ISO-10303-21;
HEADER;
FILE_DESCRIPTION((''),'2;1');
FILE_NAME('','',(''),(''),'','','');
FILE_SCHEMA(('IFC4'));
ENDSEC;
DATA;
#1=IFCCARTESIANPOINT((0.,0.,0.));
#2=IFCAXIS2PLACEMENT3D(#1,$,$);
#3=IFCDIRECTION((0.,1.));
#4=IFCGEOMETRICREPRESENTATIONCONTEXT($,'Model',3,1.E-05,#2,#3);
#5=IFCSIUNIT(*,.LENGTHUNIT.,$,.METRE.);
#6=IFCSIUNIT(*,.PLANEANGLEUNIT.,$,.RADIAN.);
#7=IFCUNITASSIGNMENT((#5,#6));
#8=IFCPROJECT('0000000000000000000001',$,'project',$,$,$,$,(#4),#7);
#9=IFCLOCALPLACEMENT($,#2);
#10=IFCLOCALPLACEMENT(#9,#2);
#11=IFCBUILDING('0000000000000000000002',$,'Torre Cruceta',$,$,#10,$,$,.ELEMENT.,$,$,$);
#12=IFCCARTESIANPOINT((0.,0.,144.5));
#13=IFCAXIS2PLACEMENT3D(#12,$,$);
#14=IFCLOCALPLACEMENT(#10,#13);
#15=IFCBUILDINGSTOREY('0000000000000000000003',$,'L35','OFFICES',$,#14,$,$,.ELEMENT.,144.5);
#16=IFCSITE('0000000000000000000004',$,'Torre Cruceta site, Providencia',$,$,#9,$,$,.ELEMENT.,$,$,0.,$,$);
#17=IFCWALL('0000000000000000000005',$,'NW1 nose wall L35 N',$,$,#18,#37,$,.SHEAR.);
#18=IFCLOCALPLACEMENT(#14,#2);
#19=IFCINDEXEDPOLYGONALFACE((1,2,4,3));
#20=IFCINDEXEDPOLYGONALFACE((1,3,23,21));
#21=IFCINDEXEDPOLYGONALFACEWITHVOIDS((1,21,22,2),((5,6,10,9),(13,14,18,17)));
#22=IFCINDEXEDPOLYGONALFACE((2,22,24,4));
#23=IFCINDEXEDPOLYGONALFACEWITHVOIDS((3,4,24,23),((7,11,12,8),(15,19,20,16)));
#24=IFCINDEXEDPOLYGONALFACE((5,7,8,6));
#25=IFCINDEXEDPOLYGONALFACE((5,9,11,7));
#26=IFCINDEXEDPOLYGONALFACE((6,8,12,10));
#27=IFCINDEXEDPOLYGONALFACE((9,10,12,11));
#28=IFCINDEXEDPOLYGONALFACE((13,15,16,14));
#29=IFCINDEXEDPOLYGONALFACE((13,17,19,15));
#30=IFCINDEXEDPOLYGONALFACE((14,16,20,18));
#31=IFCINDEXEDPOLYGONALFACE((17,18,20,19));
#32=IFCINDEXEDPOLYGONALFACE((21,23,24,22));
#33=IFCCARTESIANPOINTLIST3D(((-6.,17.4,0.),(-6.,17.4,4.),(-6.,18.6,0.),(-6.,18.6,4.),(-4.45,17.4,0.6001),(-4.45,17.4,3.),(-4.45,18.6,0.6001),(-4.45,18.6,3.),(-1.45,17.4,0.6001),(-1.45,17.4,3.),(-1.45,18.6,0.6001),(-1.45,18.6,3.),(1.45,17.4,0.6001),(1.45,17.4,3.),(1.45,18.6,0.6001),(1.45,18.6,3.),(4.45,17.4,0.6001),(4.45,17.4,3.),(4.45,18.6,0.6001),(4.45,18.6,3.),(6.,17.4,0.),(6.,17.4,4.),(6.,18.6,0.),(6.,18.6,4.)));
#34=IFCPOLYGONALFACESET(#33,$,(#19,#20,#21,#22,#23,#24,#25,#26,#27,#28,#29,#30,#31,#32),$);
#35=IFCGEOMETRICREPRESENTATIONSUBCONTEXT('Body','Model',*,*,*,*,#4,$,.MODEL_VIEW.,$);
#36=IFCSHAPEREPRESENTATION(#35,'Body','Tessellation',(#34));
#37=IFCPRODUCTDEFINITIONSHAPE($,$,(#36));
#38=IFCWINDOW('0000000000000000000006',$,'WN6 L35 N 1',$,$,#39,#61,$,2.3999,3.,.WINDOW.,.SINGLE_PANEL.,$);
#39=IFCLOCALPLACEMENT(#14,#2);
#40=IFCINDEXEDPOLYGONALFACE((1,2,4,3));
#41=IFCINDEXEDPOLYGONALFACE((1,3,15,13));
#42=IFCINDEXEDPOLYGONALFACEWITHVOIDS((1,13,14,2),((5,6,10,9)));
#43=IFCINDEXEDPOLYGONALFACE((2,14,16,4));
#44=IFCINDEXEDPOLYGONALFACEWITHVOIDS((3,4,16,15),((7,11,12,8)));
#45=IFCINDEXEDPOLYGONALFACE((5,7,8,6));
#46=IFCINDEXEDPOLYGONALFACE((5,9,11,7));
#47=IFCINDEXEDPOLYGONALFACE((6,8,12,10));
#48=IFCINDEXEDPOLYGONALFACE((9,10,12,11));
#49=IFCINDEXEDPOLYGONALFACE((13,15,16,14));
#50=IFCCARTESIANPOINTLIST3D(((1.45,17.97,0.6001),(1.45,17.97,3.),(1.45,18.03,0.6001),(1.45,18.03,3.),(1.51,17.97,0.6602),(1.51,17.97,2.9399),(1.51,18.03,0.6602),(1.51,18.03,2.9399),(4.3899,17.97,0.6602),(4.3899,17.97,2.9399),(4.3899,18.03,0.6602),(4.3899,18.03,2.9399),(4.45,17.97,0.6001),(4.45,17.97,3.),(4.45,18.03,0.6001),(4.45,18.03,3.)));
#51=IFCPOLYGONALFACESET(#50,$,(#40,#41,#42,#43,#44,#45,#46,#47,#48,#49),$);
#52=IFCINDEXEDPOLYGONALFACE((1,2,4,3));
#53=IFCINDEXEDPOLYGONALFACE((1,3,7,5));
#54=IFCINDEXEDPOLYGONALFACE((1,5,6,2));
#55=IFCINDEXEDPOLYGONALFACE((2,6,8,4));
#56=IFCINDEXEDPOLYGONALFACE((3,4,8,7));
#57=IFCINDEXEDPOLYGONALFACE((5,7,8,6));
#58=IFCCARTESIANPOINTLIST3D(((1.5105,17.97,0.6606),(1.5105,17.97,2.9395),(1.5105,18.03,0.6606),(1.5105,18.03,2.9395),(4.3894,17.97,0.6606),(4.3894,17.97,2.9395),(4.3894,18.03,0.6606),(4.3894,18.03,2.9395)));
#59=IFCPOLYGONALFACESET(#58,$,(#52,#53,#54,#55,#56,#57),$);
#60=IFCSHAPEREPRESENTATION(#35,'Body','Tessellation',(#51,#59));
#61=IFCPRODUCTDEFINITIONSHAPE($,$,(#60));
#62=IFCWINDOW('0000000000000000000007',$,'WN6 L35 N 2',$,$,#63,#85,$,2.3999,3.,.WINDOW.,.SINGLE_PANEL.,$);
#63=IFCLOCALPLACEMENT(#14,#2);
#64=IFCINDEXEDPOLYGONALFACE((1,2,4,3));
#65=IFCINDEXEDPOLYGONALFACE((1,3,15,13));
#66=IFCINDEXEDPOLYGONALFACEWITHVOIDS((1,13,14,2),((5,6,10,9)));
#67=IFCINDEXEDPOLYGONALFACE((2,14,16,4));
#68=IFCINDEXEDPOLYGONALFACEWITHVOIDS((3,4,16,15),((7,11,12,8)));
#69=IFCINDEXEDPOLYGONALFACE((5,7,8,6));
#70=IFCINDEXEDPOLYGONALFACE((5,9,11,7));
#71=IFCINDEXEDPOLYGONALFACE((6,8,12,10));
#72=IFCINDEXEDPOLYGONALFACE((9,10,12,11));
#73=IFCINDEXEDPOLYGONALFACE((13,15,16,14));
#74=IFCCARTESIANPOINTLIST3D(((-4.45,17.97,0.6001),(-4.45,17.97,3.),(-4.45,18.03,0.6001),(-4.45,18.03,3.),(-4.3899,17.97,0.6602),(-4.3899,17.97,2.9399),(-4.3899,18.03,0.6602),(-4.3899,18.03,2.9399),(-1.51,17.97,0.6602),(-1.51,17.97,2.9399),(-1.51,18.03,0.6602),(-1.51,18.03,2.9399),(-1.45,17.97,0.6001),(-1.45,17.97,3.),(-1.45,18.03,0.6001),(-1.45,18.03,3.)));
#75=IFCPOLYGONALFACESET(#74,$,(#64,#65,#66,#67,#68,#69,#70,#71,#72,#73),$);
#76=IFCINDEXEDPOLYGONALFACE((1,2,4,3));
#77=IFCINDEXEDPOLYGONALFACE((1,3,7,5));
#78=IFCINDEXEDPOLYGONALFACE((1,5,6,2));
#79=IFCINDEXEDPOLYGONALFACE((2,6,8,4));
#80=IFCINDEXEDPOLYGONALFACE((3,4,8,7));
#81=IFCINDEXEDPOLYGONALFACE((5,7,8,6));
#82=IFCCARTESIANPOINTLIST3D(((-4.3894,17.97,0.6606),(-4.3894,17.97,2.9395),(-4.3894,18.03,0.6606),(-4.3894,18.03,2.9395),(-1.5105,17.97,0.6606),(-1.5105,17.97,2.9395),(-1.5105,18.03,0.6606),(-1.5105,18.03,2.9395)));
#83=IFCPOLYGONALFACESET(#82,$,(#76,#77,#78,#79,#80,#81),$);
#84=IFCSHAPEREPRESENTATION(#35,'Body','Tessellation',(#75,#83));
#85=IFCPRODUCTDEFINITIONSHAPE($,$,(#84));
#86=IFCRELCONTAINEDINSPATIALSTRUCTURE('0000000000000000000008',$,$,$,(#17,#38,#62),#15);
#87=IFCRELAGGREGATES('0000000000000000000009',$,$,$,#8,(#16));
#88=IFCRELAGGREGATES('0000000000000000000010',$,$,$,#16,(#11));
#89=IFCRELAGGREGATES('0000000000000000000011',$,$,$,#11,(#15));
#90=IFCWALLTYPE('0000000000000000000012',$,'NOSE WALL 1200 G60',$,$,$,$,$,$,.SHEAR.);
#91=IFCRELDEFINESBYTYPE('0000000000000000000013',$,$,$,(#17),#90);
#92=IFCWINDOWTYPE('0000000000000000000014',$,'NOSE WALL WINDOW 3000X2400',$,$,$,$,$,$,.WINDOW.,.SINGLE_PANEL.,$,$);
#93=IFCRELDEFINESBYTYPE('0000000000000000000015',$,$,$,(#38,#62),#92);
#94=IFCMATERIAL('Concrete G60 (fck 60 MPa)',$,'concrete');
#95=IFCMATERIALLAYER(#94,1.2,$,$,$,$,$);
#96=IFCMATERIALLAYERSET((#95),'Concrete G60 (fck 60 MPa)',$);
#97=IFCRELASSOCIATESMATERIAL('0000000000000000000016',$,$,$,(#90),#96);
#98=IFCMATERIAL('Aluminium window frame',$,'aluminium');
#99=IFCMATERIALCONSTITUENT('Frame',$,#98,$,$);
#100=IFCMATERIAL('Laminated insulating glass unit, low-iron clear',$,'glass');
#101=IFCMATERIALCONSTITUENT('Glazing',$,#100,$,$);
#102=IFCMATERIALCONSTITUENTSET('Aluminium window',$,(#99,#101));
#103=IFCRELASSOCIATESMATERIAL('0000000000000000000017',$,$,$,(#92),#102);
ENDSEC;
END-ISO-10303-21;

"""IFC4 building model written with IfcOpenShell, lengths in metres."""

from ifc_helpers import new_model, si_unit, direction, frame, frame_2d, origin, place, context, subcontext, project, spatial, rectangle, hollow_rectangle, extrude, material, layer, layer_set, constituent, constituent_set, type_object, element, fill, save


model = new_model("IFC4")

# Units and contexts
model_context = context("Model", 3, precision=1e-05, world=origin(), true_north=direction((0.0, 1.0)))
body_context = subcontext(model_context, "Body", "Model", "MODEL_VIEW")
ifc_project = project(units=[si_unit("LENGTHUNIT", "METRE"), si_unit("PLANEANGLEUNIT", "RADIAN")], contexts=[model_context])

# Site, building, storey
site_placement = place(None, origin())
site = spatial("IfcSite", under=ifc_project, at=site_placement, Name="Torre Cruceta site, Providencia", CompositionType="ELEMENT", RefElevation=0.0)
building_placement = place(site_placement, origin())
building = spatial("IfcBuilding", under=site, at=building_placement, Name="Torre Cruceta", CompositionType="ELEMENT")
storey_placement = place(building_placement, frame((0.0, 0.0, 144.5)))
storey = spatial("IfcBuildingStorey", under=building, at=storey_placement, Name="L35", Description="OFFICES", CompositionType="ELEMENT", Elevation=144.5)

# Wall, openings, windows
ifc_material_1 = material(Name="Concrete G60 (fck 60 MPa)", Category="concrete")
ifc_layer_1 = layer(ifc_material_1, 1.2)
ifc_layer_set_1 = layer_set([ifc_layer_1], Name="Concrete G60 (fck 60 MPa)")
wall_type = type_object("IfcWallType", Name="NOSE WALL 1200 G60", PredefinedType="SHEAR", material=ifc_layer_set_1)
wall_placement = place(storey_placement, frame((6.0, 18.0, 0.0), z_axis=(0.0, 0.0, 1.0), x_axis=(-1.0, 0.0, 0.0)))
wall = element("IfcWall", 1, at=wall_placement, inside=storey, type_object=wall_type, Name="NW1 nose wall L35 N", PredefinedType="SHEAR", context=body_context, shape_type="SweptSolid", body=[
    extrude(rectangle(XDim=12.0, YDim=1.2, at=frame_2d((6.0, 0.0))), origin(), (0.0, 0.0, 1.0), 4.0),
])
opening_1_placement = place(wall_placement, frame((1.55, 0.0, 0.6001)))
opening_1 = element("IfcOpeningElement", 2, at=opening_1_placement, cuts=wall, PredefinedType="OPENING", context=body_context, shape_type="SweptSolid", body=[
    extrude(rectangle(XDim=3.0, YDim=2.3999, at=frame_2d((1.5, 1.2))), frame((0.0, 0.6099, 0.0), z_axis=(0.0, -1.0, 0.0), x_axis=(1.0, 0.0, 0.0)), (0.0, 0.0, 1.0), 1.22),
])
opening_2_placement = place(wall_placement, frame((7.45, 0.0, 0.6001)))
opening_2 = element("IfcOpeningElement", 3, at=opening_2_placement, cuts=wall, PredefinedType="OPENING", context=body_context, shape_type="SweptSolid", body=[
    extrude(rectangle(XDim=3.0, YDim=2.3999, at=frame_2d((1.5, 1.2))), frame((0.0, 0.6099, 0.0), z_axis=(0.0, -1.0, 0.0), x_axis=(1.0, 0.0, 0.0)), (0.0, 0.0, 1.0), 1.22),
])
ifc_material_2 = material(Name="Aluminium window frame", Category="aluminium")
ifc_constituent_1 = constituent(ifc_material_2, Name="Frame")
ifc_material_3 = material(Name="Laminated insulating glass unit, low-iron clear", Category="glass")
ifc_constituent_2 = constituent(ifc_material_3, Name="Glazing")
ifc_constituent_set = constituent_set(constituents=[ifc_constituent_1, ifc_constituent_2], Name="Aluminium window")
window_type = type_object("IfcWindowType", Name="NOSE WALL WINDOW 3000X2400", PartitioningType="SINGLE_PANEL", PredefinedType="WINDOW", material=ifc_constituent_set)
window_1_placement = place(opening_1_placement, origin())
window_1 = element("IfcWindow", 4, at=window_1_placement, inside=storey, type_object=window_type, Name="WN6 L35 N 1", OverallHeight=2.3999, OverallWidth=3.0, PartitioningType="SINGLE_PANEL", PredefinedType="WINDOW", context=body_context, shape_type="SweptSolid", body=[
    extrude(hollow_rectangle(XDim=3.0, YDim=2.3999, WallThickness=0.0601, at=frame_2d((1.5, 1.2))), frame((0.0, 0.03, 0.0), z_axis=(0.0, -1.0, 0.0), x_axis=(1.0, 0.0, 0.0)), (0.0, 0.0, 1.0), 0.0601),
    extrude(rectangle(XDim=2.8789, YDim=2.2788, at=frame_2d((1.5, 1.2))), frame((0.0, 0.03, 0.0), z_axis=(0.0, -1.0, 0.0), x_axis=(1.0, 0.0, 0.0)), (0.0, 0.0, 1.0), 0.0601),
])
fill(opening_1, window_1)
window_2_placement = place(opening_2_placement, origin())
window_2 = element("IfcWindow", 5, at=window_2_placement, inside=storey, type_object=window_type, Name="WN6 L35 N 2", OverallHeight=2.3999, OverallWidth=3.0, PartitioningType="SINGLE_PANEL", PredefinedType="WINDOW", context=body_context, shape_type="SweptSolid", body=[
    extrude(hollow_rectangle(XDim=3.0, YDim=2.3999, WallThickness=0.0601, at=frame_2d((1.5, 1.2))), frame((0.0, 0.03, 0.0), z_axis=(0.0, -1.0, 0.0), x_axis=(1.0, 0.0, 0.0)), (0.0, 0.0, 1.0), 0.0601),
    extrude(rectangle(XDim=2.8789, YDim=2.2788, at=frame_2d((1.5, 1.2))), frame((0.0, 0.03, 0.0), z_axis=(0.0, -1.0, 0.0), x_axis=(1.0, 0.0, 0.0)), (0.0, 0.0, 1.0), 0.0601),
])
fill(opening_2, window_2)

save(model, "model.ifc")
